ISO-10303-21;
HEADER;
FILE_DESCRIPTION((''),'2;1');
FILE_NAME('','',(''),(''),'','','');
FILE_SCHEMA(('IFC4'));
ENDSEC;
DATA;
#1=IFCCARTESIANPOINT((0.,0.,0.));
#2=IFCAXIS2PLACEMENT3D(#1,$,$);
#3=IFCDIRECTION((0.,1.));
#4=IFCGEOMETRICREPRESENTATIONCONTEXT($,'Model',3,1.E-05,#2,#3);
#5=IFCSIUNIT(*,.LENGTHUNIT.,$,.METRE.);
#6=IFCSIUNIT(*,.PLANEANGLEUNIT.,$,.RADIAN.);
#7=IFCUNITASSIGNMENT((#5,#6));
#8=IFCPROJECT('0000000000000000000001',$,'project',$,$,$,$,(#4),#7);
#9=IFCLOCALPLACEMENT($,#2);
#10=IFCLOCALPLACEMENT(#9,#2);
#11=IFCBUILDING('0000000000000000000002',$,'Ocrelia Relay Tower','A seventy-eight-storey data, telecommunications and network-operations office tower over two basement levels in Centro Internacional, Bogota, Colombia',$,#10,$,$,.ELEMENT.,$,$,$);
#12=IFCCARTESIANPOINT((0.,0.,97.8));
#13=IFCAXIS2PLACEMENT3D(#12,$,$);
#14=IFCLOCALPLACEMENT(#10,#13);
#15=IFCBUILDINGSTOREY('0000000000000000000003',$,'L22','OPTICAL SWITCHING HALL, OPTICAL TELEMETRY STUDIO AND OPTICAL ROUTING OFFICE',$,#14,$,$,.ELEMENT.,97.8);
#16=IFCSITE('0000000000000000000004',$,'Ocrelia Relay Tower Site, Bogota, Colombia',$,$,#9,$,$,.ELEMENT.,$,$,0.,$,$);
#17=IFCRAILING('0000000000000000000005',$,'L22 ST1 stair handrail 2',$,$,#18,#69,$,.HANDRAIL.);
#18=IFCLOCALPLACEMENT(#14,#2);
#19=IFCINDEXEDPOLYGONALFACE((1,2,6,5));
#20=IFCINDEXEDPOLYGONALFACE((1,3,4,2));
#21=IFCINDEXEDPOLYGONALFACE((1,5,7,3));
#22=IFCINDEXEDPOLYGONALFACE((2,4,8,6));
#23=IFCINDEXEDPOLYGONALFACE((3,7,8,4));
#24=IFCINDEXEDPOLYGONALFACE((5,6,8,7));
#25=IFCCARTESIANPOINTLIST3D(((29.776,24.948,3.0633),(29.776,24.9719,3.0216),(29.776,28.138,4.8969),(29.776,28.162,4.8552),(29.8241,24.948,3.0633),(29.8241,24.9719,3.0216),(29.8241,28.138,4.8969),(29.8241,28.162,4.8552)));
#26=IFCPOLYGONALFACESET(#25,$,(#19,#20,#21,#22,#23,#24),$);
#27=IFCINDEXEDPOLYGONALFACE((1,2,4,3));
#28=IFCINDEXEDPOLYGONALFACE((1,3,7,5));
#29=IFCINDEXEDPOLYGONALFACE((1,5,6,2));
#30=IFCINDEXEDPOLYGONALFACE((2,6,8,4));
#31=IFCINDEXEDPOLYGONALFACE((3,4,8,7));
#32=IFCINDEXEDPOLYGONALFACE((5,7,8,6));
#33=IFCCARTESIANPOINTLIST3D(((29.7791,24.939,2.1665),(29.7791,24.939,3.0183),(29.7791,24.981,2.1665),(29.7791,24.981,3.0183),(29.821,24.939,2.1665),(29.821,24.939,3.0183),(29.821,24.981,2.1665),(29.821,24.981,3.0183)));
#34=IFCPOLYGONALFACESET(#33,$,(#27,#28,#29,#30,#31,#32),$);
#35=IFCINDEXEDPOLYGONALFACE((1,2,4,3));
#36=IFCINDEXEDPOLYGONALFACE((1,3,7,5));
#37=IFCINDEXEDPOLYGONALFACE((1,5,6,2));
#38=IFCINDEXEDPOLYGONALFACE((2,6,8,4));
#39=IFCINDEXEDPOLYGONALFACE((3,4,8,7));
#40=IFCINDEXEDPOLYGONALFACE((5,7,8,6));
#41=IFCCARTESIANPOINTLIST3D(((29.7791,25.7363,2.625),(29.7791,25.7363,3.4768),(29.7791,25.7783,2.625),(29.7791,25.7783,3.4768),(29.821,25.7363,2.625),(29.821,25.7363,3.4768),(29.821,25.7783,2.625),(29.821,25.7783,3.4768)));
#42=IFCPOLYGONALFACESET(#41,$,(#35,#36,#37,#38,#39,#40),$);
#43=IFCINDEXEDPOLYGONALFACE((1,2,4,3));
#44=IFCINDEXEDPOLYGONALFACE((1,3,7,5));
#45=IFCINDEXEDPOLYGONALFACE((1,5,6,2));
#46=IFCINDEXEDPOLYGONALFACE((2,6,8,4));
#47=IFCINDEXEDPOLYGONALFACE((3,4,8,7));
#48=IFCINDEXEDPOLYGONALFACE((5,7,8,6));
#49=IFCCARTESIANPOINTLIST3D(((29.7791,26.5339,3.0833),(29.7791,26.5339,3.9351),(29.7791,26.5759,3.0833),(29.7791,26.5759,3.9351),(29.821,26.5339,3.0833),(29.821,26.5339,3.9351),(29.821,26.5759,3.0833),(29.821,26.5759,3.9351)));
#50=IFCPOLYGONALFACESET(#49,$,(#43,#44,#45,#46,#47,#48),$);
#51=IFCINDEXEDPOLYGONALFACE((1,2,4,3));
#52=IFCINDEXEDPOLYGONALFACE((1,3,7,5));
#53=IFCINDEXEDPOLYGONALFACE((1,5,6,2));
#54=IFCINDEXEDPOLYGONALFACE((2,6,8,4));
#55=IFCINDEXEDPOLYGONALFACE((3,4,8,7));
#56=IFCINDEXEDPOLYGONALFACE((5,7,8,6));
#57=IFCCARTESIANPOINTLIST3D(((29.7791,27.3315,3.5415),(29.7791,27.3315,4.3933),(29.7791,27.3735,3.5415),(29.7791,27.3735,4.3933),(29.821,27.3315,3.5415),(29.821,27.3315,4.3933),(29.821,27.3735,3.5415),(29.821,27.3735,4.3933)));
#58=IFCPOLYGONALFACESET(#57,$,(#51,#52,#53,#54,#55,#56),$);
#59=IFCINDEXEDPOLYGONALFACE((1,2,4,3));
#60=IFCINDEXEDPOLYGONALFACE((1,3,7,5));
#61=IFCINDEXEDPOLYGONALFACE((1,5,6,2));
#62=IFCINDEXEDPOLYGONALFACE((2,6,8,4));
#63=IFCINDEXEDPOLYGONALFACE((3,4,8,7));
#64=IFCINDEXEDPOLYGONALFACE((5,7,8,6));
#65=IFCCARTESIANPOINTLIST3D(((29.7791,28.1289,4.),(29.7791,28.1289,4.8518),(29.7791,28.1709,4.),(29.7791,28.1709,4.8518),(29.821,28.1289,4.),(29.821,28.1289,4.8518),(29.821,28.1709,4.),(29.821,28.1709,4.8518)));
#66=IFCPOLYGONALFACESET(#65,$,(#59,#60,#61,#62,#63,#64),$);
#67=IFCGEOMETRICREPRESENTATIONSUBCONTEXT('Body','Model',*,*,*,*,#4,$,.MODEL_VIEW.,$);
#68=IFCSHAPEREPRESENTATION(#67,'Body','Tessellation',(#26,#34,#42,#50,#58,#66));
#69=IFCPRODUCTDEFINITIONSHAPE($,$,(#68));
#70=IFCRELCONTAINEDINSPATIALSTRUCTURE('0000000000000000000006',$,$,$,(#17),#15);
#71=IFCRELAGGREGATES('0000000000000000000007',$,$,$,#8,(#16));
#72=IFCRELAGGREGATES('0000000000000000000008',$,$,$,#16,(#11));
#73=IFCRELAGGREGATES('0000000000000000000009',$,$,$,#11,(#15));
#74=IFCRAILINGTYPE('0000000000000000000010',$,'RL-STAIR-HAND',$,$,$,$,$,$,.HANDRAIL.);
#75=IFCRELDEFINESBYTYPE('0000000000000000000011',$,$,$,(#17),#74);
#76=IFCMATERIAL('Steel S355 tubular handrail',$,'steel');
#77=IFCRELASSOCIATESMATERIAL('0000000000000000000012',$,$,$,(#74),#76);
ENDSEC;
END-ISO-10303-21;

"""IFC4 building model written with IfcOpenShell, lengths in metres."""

from ifc_helpers import new_model, si_unit, direction, frame, origin, origin_2d, place, context, subcontext, project, spatial, rectangle, extrude, material, type_object, element, save


model = new_model("IFC4")

# Units and contexts
model_context = context("Model", 3, precision=1e-05, world=origin(), true_north=direction((0.0, 1.0)))
body_context = subcontext(model_context, "Body", "Model", "MODEL_VIEW")
ifc_project = project(units=[si_unit("LENGTHUNIT", "METRE"), si_unit("PLANEANGLEUNIT", "RADIAN")], contexts=[model_context])

# Site, building, storey
site_placement = place(None, origin())
site = spatial("IfcSite", under=ifc_project, at=site_placement, Name="Ocrelia Relay Tower Site, Bogota, Colombia", CompositionType="ELEMENT", RefElevation=0.0)
building_placement = place(site_placement, origin())
building = spatial("IfcBuilding", under=site, at=building_placement, Name="Ocrelia Relay Tower", Description="A seventy-eight-storey data, telecommunications and network-operations office tower over two basement levels in Centro Internacional, Bogota, Colombia", CompositionType="ELEMENT")
storey_placement = place(building_placement, frame((0.0, 0.0, 97.8)))
storey = spatial("IfcBuildingStorey", under=building, at=storey_placement, Name="L22", Description="OPTICAL SWITCHING HALL, OPTICAL TELEMETRY STUDIO AND OPTICAL ROUTING OFFICE", CompositionType="ELEMENT", Elevation=97.8)

# Railing
ifc_material_1 = material(Name="Steel S355 tubular handrail", Category="steel")
railing_type_1 = type_object("IfcRailingType", Name="RL-STAIR-HAND", PredefinedType="HANDRAIL", material=ifc_material_1)
railing_1_placement = place(storey_placement, frame((29.8, 24.96, 2.1665)))
element("IfcRailing", 1, at=railing_1_placement, inside=storey, type_object=railing_type_1, Name="L22 ST1 stair handrail 2", PredefinedType="HANDRAIL", context=body_context, shape_type="SweptSolid", body=[
    extrude(rectangle(XDim=0.0481, YDim=0.0481, at=origin_2d()), frame((0.0, 0.0, 0.876), z_axis=(0.0, 0.866991, 0.498324), x_axis=(-1.0, 0.0, 0.0)), (0.0, 0.0, 1.0), 3.6794),
    extrude(rectangle(XDim=0.042, YDim=0.042, at=origin_2d()), origin(), (0.0, 0.0, 1.0), 0.8518),
    extrude(rectangle(XDim=0.042, YDim=0.042, at=origin_2d()), frame((0.0, 0.7974, 0.4585)), (0.0, 0.0, 1.0), 0.8518),
    extrude(rectangle(XDim=0.042, YDim=0.042, at=origin_2d()), frame((0.0, 1.595, 0.9167)), (0.0, 0.0, 1.0), 0.8518),
    extrude(rectangle(XDim=0.042, YDim=0.042, at=origin_2d()), frame((0.0, 2.3926, 1.375)), (0.0, 0.0, 1.0), 0.8518),
    extrude(rectangle(XDim=0.042, YDim=0.042, at=origin_2d()), frame((0.0, 3.1899, 1.8335)), (0.0, 0.0, 1.0), 0.8518),
])

save(model, "model.ifc")
